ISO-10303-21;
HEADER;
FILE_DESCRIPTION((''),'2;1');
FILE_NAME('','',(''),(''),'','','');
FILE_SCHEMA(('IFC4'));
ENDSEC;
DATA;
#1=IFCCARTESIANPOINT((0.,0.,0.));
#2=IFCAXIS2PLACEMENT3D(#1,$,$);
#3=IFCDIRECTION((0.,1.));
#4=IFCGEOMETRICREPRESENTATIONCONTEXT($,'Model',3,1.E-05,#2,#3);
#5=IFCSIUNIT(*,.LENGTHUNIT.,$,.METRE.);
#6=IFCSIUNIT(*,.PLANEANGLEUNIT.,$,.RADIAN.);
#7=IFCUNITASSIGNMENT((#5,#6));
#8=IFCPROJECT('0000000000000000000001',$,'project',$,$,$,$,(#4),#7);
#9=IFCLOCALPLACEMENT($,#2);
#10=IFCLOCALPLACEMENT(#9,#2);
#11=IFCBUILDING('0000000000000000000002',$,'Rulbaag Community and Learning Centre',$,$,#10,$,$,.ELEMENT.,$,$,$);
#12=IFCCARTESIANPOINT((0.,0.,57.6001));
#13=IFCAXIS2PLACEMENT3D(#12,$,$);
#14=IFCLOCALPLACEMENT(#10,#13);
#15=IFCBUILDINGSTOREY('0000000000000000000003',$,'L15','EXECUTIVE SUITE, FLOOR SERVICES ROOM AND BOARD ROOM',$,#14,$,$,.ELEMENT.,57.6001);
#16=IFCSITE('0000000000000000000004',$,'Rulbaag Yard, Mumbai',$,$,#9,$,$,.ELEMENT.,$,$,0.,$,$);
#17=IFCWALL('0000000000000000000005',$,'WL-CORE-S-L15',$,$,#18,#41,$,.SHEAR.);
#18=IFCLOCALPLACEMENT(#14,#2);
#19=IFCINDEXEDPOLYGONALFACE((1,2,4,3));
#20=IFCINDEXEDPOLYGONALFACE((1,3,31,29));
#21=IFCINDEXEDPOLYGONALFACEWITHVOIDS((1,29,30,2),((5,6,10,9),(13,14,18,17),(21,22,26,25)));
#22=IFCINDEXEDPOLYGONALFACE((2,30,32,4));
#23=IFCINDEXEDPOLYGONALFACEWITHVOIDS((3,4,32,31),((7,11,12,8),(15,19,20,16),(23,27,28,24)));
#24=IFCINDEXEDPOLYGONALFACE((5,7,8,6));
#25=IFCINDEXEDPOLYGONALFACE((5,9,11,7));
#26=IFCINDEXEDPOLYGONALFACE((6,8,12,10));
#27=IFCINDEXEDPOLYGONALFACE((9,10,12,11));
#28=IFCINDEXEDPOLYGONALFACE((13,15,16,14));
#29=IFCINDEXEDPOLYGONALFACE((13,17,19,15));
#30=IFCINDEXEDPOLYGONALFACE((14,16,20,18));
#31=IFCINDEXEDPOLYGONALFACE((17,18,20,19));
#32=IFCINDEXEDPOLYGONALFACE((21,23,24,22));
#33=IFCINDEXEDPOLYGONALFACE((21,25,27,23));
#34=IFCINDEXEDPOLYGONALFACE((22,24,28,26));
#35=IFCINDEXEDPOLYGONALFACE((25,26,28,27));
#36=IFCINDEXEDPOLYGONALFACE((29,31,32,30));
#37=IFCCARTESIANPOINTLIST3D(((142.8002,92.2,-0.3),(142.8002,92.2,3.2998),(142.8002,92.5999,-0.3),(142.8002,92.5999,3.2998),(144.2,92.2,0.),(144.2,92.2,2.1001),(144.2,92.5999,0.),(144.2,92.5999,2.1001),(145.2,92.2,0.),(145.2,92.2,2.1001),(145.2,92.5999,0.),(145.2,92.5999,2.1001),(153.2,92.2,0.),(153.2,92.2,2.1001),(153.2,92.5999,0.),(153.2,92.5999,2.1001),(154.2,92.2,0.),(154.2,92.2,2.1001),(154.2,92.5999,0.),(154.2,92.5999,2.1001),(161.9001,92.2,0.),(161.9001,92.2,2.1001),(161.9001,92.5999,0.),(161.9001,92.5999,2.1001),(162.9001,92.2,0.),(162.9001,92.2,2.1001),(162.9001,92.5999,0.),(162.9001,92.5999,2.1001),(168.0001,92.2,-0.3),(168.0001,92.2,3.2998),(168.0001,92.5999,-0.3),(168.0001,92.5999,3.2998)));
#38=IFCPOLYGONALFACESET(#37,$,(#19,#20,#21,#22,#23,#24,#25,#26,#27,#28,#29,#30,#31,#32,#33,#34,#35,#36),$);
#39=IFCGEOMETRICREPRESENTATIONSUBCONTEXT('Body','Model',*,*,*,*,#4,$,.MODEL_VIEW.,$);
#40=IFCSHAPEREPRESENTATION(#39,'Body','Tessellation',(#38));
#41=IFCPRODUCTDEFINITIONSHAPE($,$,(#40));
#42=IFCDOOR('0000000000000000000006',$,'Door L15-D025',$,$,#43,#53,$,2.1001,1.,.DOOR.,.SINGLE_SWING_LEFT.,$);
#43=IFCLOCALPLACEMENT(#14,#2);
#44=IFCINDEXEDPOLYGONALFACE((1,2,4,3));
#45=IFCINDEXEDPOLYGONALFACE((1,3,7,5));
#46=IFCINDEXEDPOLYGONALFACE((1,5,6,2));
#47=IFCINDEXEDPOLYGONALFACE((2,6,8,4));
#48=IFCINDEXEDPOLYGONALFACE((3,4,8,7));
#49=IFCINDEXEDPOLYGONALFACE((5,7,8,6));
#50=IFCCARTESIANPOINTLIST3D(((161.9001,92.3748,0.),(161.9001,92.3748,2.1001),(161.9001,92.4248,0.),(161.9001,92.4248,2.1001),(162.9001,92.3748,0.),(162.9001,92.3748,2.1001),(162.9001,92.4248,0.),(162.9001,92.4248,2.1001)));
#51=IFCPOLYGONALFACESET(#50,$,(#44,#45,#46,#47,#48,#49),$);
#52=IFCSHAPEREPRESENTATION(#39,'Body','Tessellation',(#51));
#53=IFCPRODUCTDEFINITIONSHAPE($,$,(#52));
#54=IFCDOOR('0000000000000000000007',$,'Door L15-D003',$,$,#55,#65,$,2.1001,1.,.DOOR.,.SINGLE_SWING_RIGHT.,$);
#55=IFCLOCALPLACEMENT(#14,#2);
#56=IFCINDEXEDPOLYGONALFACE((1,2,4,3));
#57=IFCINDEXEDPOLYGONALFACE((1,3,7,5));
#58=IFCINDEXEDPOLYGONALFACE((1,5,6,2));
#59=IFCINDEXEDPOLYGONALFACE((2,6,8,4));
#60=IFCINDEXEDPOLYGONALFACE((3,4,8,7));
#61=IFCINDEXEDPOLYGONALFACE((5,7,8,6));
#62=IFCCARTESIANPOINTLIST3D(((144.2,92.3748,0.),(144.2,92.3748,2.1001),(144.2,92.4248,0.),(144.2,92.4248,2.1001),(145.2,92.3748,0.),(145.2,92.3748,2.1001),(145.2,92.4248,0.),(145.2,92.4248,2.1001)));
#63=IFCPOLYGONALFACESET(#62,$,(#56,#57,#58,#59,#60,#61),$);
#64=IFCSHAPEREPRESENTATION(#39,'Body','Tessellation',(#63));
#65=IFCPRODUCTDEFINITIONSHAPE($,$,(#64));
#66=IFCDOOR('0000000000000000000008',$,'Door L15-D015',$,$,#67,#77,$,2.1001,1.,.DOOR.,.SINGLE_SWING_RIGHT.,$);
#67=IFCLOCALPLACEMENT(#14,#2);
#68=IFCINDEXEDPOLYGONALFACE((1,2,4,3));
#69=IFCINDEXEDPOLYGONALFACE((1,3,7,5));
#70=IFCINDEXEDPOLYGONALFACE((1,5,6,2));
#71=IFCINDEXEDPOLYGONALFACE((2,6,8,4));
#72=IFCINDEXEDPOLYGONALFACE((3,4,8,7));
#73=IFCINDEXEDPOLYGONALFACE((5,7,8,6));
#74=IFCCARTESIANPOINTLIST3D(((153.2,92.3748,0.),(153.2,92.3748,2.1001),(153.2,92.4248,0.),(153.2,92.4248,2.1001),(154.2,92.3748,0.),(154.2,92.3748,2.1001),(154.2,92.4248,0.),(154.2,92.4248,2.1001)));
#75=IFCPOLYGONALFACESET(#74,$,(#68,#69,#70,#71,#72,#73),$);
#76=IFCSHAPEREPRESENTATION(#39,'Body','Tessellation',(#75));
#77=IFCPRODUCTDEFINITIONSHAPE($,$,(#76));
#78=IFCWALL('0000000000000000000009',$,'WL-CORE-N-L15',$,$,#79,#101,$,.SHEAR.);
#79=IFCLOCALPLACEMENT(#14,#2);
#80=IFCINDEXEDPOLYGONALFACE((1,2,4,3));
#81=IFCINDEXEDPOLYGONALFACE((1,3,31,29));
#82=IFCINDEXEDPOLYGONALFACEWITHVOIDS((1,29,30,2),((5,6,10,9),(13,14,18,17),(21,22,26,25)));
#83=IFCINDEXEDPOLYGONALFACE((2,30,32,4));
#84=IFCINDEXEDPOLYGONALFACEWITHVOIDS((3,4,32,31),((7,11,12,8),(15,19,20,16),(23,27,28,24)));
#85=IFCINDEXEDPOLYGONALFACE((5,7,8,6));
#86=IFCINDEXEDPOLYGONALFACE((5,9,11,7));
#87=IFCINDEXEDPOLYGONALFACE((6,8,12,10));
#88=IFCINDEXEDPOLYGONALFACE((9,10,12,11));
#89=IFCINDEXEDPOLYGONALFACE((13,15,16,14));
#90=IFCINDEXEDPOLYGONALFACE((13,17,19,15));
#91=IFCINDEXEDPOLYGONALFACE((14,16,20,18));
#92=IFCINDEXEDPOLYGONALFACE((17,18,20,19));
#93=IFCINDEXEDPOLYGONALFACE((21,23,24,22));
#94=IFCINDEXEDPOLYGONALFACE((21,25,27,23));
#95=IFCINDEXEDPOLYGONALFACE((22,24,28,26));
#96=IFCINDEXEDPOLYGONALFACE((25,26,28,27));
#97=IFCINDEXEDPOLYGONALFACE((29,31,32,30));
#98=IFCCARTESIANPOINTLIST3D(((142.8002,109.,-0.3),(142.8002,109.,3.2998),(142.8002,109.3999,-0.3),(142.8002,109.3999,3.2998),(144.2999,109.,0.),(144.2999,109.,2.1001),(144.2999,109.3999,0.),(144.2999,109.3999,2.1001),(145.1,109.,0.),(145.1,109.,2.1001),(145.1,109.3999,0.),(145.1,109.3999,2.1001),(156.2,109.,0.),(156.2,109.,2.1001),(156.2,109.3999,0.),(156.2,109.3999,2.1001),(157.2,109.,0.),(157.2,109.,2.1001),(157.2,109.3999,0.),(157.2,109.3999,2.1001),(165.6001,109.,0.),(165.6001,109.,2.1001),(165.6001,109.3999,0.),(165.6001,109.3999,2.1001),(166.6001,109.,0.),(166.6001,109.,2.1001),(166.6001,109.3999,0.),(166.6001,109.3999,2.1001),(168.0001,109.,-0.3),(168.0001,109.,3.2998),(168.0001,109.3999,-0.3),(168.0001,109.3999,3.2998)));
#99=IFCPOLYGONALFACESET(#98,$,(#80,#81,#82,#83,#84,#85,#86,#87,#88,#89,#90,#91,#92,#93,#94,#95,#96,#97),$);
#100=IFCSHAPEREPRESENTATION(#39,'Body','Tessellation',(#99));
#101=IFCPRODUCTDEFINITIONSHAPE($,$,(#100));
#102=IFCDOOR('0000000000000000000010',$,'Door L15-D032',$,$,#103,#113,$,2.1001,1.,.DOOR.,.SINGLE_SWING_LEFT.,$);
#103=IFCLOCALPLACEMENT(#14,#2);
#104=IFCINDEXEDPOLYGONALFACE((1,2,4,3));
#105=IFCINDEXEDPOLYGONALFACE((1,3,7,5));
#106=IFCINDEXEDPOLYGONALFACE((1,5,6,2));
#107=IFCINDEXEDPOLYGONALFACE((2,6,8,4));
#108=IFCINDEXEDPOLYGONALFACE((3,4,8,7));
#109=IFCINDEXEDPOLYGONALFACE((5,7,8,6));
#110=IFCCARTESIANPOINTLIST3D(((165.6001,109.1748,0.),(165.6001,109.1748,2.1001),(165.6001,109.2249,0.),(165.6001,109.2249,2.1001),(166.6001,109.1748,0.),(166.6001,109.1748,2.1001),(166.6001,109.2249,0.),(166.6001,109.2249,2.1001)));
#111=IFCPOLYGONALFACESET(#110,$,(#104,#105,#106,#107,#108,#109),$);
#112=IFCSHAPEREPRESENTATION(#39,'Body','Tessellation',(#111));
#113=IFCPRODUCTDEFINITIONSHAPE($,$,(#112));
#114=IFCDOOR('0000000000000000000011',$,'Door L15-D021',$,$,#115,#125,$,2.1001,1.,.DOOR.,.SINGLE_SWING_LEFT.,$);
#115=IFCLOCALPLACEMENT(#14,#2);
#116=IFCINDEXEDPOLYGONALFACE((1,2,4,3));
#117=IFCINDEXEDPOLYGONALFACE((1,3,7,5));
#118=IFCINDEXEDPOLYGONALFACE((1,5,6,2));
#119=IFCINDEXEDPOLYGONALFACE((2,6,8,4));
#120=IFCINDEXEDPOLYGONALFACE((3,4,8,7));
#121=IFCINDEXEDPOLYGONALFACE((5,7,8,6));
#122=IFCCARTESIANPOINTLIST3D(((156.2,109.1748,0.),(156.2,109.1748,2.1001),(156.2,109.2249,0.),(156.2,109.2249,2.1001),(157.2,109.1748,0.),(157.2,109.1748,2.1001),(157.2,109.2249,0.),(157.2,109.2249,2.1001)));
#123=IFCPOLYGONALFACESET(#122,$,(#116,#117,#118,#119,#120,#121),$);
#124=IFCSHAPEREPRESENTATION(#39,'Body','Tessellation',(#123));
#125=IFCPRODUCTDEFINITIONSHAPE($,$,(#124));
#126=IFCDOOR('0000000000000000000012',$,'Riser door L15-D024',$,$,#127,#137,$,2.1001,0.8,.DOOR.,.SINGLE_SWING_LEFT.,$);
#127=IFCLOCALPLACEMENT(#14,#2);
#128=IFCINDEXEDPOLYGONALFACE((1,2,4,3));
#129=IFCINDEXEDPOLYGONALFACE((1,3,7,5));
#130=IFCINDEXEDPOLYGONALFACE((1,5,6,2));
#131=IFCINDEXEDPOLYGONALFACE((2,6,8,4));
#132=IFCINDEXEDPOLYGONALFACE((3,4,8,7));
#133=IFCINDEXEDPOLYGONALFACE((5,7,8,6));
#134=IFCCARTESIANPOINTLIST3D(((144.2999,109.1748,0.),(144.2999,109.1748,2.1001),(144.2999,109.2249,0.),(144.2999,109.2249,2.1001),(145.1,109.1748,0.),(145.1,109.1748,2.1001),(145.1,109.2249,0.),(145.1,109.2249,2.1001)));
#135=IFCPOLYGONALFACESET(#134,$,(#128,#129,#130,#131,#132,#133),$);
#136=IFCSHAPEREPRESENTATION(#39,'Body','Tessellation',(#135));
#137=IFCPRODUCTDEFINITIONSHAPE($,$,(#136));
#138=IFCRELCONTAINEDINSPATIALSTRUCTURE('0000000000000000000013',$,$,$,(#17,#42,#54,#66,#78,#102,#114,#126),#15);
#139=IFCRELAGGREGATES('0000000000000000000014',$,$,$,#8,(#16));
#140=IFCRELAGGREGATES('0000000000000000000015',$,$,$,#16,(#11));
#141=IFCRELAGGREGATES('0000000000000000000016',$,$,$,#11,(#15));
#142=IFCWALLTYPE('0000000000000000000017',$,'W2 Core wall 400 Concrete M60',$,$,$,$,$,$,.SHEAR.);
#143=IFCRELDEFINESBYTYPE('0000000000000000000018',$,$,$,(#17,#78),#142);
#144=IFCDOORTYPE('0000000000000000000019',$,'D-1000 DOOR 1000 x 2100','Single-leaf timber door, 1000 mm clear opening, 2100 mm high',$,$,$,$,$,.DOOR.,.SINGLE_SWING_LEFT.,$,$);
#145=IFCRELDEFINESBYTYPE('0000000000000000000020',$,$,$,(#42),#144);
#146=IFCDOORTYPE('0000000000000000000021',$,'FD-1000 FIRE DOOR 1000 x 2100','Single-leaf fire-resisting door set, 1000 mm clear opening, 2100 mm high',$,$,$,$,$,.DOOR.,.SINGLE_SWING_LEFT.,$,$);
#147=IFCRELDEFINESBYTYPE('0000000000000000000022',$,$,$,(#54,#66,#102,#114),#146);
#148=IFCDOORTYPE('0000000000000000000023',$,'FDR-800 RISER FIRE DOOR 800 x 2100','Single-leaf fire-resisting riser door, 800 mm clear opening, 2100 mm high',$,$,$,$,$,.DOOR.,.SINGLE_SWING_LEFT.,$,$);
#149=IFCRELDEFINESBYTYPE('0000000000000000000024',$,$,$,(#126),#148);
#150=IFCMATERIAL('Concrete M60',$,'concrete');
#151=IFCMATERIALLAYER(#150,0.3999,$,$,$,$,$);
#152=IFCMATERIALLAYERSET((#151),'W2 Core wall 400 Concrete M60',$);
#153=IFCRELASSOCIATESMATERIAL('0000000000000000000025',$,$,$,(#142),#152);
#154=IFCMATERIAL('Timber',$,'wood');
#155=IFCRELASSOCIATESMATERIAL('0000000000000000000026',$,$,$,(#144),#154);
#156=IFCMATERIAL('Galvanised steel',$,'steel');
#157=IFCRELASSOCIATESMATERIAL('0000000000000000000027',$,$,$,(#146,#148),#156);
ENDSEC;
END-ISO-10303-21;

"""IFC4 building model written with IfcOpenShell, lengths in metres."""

from ifc_helpers import new_model, si_unit, direction, frame, frame_2d, origin, place, context, subcontext, project, spatial, rectangle, extrude, material, layer, layer_set, type_object, element, fill, save


model = new_model("IFC4")

# Units and contexts
model_context = context("Model", 3, precision=1e-05, world=origin(), true_north=direction((0.0, 1.0)))
body_context = subcontext(model_context, "Body", "Model", "MODEL_VIEW")
ifc_project = project(units=[si_unit("LENGTHUNIT", "METRE"), si_unit("PLANEANGLEUNIT", "RADIAN")], contexts=[model_context])

# Site, building, storey
site_placement = place(None, origin())
site = spatial("IfcSite", under=ifc_project, at=site_placement, Name="Rulbaag Yard, Mumbai", CompositionType="ELEMENT", RefElevation=0.0)
building_placement = place(site_placement, origin())
building = spatial("IfcBuilding", under=site, at=building_placement, Name="Rulbaag Community and Learning Centre", CompositionType="ELEMENT")
storey_placement = place(building_placement, frame((0.0, 0.0, 57.6001)))
storey = spatial("IfcBuildingStorey", under=building, at=storey_placement, Name="L15", Description="EXECUTIVE SUITE, FLOOR SERVICES ROOM AND BOARD ROOM", CompositionType="ELEMENT", Elevation=57.6001)

# Walls, openings, doors
ifc_material_1 = material(Name="Concrete M60", Category="concrete")
ifc_layer_1 = layer(ifc_material_1, 0.3999)
ifc_layer_set_1 = layer_set([ifc_layer_1], Name="W2 Core wall 400 Concrete M60")
wall_type_1 = type_object("IfcWallType", Name="W2 Core wall 400 Concrete M60", PredefinedType="SHEAR", material=ifc_layer_set_1)
wall_1_placement = place(storey_placement, frame((142.8, 92.3999, -0.3), z_axis=(0.0, 0.0, 1.0), x_axis=(1.0, 0.0, 0.0)))
wall_1 = element("IfcWall", 1, at=wall_1_placement, inside=storey, type_object=wall_type_1, Name="WL-CORE-S-L15", PredefinedType="SHEAR", context=body_context, shape_type="SweptSolid", body=[
    extrude(rectangle(XDim=25.2, YDim=0.3999, at=frame_2d((12.6001, 0.0))), origin(), (0.0, 0.0, 1.0), 3.5999),
])
opening_1_placement = place(wall_1_placement, frame((1.3999, 0.0, 0.3)))
opening_1 = element("IfcOpeningElement", 2, at=opening_1_placement, cuts=wall_1, PredefinedType="OPENING", context=body_context, shape_type="SweptSolid", body=[
    extrude(rectangle(XDim=1.0, YDim=2.1001, at=frame_2d((0.5, 1.05))), frame((0.0, 0.21, 0.0), z_axis=(0.0, -1.0, 0.0), x_axis=(1.0, 0.0, 0.0)), (0.0, 0.0, 1.0), 0.4199),
])
opening_2_placement = place(wall_1_placement, frame((19.1001, 0.0, 0.3)))
opening_2 = element("IfcOpeningElement", 3, at=opening_2_placement, cuts=wall_1, PredefinedType="OPENING", context=body_context, shape_type="SweptSolid", body=[
    extrude(rectangle(XDim=1.0, YDim=2.1001, at=frame_2d((0.5, 1.05))), frame((0.0, 0.21, 0.0), z_axis=(0.0, -1.0, 0.0), x_axis=(1.0, 0.0, 0.0)), (0.0, 0.0, 1.0), 0.4199),
])
opening_3_placement = place(wall_1_placement, frame((10.3999, 0.0, 0.3)))
opening_3 = element("IfcOpeningElement", 4, at=opening_3_placement, cuts=wall_1, PredefinedType="OPENING", context=body_context, shape_type="SweptSolid", body=[
    extrude(rectangle(XDim=1.0, YDim=2.1001, at=frame_2d((0.5, 1.05))), frame((0.0, 0.21, 0.0), z_axis=(0.0, -1.0, 0.0), x_axis=(1.0, 0.0, 0.0)), (0.0, 0.0, 1.0), 0.4199),
])
ifc_material_2 = material(Name="Timber", Category="wood")
door_type_1 = type_object("IfcDoorType", Name="D-1000 DOOR 1000 x 2100", Description="Single-leaf timber door, 1000 mm clear opening, 2100 mm high", OperationType="SINGLE_SWING_LEFT", PredefinedType="DOOR", material=ifc_material_2)
door_1_placement = place(opening_2_placement, origin())
door_1 = element("IfcDoor", 5, at=door_1_placement, inside=storey, type_object=door_type_1, Name="Door L15-D025", OperationType="SINGLE_SWING_LEFT", OverallHeight=2.1001, OverallWidth=1.0, PredefinedType="DOOR", context=body_context, shape_type="SweptSolid", body=[
    extrude(rectangle(XDim=1.0, YDim=2.1001, at=frame_2d((0.5, 1.05))), frame((0.0, 0.0249, 0.0), z_axis=(0.0, -1.0, 0.0), x_axis=(1.0, 0.0, 0.0)), (0.0, 0.0, 1.0), 0.05),
])
fill(opening_2, door_1)
ifc_material_3 = material(Name="Galvanised steel", Category="steel")
door_type_2 = type_object("IfcDoorType", Name="FD-1000 FIRE DOOR 1000 x 2100", Description="Single-leaf fire-resisting door set, 1000 mm clear opening, 2100 mm high", OperationType="SINGLE_SWING_LEFT", PredefinedType="DOOR", material=ifc_material_3)
door_2_placement = place(opening_1_placement, origin())
door_2 = element("IfcDoor", 6, at=door_2_placement, inside=storey, type_object=door_type_2, Name="Door L15-D003", OperationType="SINGLE_SWING_RIGHT", OverallHeight=2.1001, OverallWidth=1.0, PredefinedType="DOOR", context=body_context, shape_type="SweptSolid", body=[
    extrude(rectangle(XDim=1.0, YDim=2.1001, at=frame_2d((0.5, 1.05))), frame((0.0, 0.0249, 0.0), z_axis=(0.0, -1.0, 0.0), x_axis=(1.0, 0.0, 0.0)), (0.0, 0.0, 1.0), 0.05),
])
fill(opening_1, door_2)
door_3_placement = place(opening_3_placement, origin())
door_3 = element("IfcDoor", 7, at=door_3_placement, inside=storey, type_object=door_type_2, Name="Door L15-D015", OperationType="SINGLE_SWING_RIGHT", OverallHeight=2.1001, OverallWidth=1.0, PredefinedType="DOOR", context=body_context, shape_type="SweptSolid", body=[
    extrude(rectangle(XDim=1.0, YDim=2.1001, at=frame_2d((0.5, 1.05))), frame((0.0, 0.0249, 0.0), z_axis=(0.0, -1.0, 0.0), x_axis=(1.0, 0.0, 0.0)), (0.0, 0.0, 1.0), 0.05),
])
fill(opening_3, door_3)
wall_2_placement = place(storey_placement, frame((142.8, 109.2, -0.3), z_axis=(0.0, 0.0, 1.0), x_axis=(1.0, 0.0, 0.0)))
wall_2 = element("IfcWall", 8, at=wall_2_placement, inside=storey, type_object=wall_type_1, Name="WL-CORE-N-L15", PredefinedType="SHEAR", context=body_context, shape_type="SweptSolid", body=[
    extrude(rectangle(XDim=25.2, YDim=0.3999, at=frame_2d((12.6001, 0.0))), origin(), (0.0, 0.0, 1.0), 3.5999),
])
opening_4_placement = place(wall_2_placement, frame((22.8, 0.0, 0.3)))
opening_4 = element("IfcOpeningElement", 9, at=opening_4_placement, cuts=wall_2, PredefinedType="OPENING", context=body_context, shape_type="SweptSolid", body=[
    extrude(rectangle(XDim=1.0, YDim=2.1001, at=frame_2d((0.5, 1.05))), frame((0.0, 0.21, 0.0), z_axis=(0.0, -1.0, 0.0), x_axis=(1.0, 0.0, 0.0)), (0.0, 0.0, 1.0), 0.4199),
])
opening_5_placement = place(wall_2_placement, frame((1.5, 0.0, 0.3)))
opening_5 = element("IfcOpeningElement", 10, at=opening_5_placement, cuts=wall_2, PredefinedType="OPENING", context=body_context, shape_type="SweptSolid", body=[
    extrude(rectangle(XDim=0.8, YDim=2.1001, at=frame_2d((0.3999, 1.05))), frame((0.0, 0.21, 0.0), z_axis=(0.0, -1.0, 0.0), x_axis=(1.0, 0.0, 0.0)), (0.0, 0.0, 1.0), 0.4199),
])
opening_6_placement = place(wall_2_placement, frame((13.3999, 0.0, 0.3)))
opening_6 = element("IfcOpeningElement", 11, at=opening_6_placement, cuts=wall_2, PredefinedType="OPENING", context=body_context, shape_type="SweptSolid", body=[
    extrude(rectangle(XDim=1.0, YDim=2.1001, at=frame_2d((0.5, 1.05))), frame((0.0, 0.21, 0.0), z_axis=(0.0, -1.0, 0.0), x_axis=(1.0, 0.0, 0.0)), (0.0, 0.0, 1.0), 0.4199),
])
door_4_placement = place(opening_4_placement, origin())
door_4 = element("IfcDoor", 12, at=door_4_placement, inside=storey, type_object=door_type_2, Name="Door L15-D032", OperationType="SINGLE_SWING_LEFT", OverallHeight=2.1001, OverallWidth=1.0, PredefinedType="DOOR", context=body_context, shape_type="SweptSolid", body=[
    extrude(rectangle(XDim=1.0, YDim=2.1001, at=frame_2d((0.5, 1.05))), frame((0.0, 0.0249, 0.0), z_axis=(0.0, -1.0, 0.0), x_axis=(1.0, 0.0, 0.0)), (0.0, 0.0, 1.0), 0.05),
])
fill(opening_4, door_4)
door_5_placement = place(opening_6_placement, origin())
door_5 = element("IfcDoor", 13, at=door_5_placement, inside=storey, type_object=door_type_2, Name="Door L15-D021", OperationType="SINGLE_SWING_LEFT", OverallHeight=2.1001, OverallWidth=1.0, PredefinedType="DOOR", context=body_context, shape_type="SweptSolid", body=[
    extrude(rectangle(XDim=1.0, YDim=2.1001, at=frame_2d((0.5, 1.05))), frame((0.0, 0.0249, 0.0), z_axis=(0.0, -1.0, 0.0), x_axis=(1.0, 0.0, 0.0)), (0.0, 0.0, 1.0), 0.05),
])
fill(opening_6, door_5)
door_type_3 = type_object("IfcDoorType", Name="FDR-800 RISER FIRE DOOR 800 x 2100", Description="Single-leaf fire-resisting riser door, 800 mm clear opening, 2100 mm high", OperationType="SINGLE_SWING_LEFT", PredefinedType="DOOR", material=ifc_material_3)
door_6_placement = place(opening_5_placement, origin())
door_6 = element("IfcDoor", 14, at=door_6_placement, inside=storey, type_object=door_type_3, Name="Riser door L15-D024", OperationType="SINGLE_SWING_LEFT", OverallHeight=2.1001, OverallWidth=0.8, PredefinedType="DOOR", context=body_context, shape_type="SweptSolid", body=[
    extrude(rectangle(XDim=0.8, YDim=2.1001, at=frame_2d((0.3999, 1.05))), frame((0.0, 0.0249, 0.0), z_axis=(0.0, -1.0, 0.0), x_axis=(1.0, 0.0, 0.0)), (0.0, 0.0, 1.0), 0.05),
])
fill(opening_5, door_6)

save(model, "model.ifc")
